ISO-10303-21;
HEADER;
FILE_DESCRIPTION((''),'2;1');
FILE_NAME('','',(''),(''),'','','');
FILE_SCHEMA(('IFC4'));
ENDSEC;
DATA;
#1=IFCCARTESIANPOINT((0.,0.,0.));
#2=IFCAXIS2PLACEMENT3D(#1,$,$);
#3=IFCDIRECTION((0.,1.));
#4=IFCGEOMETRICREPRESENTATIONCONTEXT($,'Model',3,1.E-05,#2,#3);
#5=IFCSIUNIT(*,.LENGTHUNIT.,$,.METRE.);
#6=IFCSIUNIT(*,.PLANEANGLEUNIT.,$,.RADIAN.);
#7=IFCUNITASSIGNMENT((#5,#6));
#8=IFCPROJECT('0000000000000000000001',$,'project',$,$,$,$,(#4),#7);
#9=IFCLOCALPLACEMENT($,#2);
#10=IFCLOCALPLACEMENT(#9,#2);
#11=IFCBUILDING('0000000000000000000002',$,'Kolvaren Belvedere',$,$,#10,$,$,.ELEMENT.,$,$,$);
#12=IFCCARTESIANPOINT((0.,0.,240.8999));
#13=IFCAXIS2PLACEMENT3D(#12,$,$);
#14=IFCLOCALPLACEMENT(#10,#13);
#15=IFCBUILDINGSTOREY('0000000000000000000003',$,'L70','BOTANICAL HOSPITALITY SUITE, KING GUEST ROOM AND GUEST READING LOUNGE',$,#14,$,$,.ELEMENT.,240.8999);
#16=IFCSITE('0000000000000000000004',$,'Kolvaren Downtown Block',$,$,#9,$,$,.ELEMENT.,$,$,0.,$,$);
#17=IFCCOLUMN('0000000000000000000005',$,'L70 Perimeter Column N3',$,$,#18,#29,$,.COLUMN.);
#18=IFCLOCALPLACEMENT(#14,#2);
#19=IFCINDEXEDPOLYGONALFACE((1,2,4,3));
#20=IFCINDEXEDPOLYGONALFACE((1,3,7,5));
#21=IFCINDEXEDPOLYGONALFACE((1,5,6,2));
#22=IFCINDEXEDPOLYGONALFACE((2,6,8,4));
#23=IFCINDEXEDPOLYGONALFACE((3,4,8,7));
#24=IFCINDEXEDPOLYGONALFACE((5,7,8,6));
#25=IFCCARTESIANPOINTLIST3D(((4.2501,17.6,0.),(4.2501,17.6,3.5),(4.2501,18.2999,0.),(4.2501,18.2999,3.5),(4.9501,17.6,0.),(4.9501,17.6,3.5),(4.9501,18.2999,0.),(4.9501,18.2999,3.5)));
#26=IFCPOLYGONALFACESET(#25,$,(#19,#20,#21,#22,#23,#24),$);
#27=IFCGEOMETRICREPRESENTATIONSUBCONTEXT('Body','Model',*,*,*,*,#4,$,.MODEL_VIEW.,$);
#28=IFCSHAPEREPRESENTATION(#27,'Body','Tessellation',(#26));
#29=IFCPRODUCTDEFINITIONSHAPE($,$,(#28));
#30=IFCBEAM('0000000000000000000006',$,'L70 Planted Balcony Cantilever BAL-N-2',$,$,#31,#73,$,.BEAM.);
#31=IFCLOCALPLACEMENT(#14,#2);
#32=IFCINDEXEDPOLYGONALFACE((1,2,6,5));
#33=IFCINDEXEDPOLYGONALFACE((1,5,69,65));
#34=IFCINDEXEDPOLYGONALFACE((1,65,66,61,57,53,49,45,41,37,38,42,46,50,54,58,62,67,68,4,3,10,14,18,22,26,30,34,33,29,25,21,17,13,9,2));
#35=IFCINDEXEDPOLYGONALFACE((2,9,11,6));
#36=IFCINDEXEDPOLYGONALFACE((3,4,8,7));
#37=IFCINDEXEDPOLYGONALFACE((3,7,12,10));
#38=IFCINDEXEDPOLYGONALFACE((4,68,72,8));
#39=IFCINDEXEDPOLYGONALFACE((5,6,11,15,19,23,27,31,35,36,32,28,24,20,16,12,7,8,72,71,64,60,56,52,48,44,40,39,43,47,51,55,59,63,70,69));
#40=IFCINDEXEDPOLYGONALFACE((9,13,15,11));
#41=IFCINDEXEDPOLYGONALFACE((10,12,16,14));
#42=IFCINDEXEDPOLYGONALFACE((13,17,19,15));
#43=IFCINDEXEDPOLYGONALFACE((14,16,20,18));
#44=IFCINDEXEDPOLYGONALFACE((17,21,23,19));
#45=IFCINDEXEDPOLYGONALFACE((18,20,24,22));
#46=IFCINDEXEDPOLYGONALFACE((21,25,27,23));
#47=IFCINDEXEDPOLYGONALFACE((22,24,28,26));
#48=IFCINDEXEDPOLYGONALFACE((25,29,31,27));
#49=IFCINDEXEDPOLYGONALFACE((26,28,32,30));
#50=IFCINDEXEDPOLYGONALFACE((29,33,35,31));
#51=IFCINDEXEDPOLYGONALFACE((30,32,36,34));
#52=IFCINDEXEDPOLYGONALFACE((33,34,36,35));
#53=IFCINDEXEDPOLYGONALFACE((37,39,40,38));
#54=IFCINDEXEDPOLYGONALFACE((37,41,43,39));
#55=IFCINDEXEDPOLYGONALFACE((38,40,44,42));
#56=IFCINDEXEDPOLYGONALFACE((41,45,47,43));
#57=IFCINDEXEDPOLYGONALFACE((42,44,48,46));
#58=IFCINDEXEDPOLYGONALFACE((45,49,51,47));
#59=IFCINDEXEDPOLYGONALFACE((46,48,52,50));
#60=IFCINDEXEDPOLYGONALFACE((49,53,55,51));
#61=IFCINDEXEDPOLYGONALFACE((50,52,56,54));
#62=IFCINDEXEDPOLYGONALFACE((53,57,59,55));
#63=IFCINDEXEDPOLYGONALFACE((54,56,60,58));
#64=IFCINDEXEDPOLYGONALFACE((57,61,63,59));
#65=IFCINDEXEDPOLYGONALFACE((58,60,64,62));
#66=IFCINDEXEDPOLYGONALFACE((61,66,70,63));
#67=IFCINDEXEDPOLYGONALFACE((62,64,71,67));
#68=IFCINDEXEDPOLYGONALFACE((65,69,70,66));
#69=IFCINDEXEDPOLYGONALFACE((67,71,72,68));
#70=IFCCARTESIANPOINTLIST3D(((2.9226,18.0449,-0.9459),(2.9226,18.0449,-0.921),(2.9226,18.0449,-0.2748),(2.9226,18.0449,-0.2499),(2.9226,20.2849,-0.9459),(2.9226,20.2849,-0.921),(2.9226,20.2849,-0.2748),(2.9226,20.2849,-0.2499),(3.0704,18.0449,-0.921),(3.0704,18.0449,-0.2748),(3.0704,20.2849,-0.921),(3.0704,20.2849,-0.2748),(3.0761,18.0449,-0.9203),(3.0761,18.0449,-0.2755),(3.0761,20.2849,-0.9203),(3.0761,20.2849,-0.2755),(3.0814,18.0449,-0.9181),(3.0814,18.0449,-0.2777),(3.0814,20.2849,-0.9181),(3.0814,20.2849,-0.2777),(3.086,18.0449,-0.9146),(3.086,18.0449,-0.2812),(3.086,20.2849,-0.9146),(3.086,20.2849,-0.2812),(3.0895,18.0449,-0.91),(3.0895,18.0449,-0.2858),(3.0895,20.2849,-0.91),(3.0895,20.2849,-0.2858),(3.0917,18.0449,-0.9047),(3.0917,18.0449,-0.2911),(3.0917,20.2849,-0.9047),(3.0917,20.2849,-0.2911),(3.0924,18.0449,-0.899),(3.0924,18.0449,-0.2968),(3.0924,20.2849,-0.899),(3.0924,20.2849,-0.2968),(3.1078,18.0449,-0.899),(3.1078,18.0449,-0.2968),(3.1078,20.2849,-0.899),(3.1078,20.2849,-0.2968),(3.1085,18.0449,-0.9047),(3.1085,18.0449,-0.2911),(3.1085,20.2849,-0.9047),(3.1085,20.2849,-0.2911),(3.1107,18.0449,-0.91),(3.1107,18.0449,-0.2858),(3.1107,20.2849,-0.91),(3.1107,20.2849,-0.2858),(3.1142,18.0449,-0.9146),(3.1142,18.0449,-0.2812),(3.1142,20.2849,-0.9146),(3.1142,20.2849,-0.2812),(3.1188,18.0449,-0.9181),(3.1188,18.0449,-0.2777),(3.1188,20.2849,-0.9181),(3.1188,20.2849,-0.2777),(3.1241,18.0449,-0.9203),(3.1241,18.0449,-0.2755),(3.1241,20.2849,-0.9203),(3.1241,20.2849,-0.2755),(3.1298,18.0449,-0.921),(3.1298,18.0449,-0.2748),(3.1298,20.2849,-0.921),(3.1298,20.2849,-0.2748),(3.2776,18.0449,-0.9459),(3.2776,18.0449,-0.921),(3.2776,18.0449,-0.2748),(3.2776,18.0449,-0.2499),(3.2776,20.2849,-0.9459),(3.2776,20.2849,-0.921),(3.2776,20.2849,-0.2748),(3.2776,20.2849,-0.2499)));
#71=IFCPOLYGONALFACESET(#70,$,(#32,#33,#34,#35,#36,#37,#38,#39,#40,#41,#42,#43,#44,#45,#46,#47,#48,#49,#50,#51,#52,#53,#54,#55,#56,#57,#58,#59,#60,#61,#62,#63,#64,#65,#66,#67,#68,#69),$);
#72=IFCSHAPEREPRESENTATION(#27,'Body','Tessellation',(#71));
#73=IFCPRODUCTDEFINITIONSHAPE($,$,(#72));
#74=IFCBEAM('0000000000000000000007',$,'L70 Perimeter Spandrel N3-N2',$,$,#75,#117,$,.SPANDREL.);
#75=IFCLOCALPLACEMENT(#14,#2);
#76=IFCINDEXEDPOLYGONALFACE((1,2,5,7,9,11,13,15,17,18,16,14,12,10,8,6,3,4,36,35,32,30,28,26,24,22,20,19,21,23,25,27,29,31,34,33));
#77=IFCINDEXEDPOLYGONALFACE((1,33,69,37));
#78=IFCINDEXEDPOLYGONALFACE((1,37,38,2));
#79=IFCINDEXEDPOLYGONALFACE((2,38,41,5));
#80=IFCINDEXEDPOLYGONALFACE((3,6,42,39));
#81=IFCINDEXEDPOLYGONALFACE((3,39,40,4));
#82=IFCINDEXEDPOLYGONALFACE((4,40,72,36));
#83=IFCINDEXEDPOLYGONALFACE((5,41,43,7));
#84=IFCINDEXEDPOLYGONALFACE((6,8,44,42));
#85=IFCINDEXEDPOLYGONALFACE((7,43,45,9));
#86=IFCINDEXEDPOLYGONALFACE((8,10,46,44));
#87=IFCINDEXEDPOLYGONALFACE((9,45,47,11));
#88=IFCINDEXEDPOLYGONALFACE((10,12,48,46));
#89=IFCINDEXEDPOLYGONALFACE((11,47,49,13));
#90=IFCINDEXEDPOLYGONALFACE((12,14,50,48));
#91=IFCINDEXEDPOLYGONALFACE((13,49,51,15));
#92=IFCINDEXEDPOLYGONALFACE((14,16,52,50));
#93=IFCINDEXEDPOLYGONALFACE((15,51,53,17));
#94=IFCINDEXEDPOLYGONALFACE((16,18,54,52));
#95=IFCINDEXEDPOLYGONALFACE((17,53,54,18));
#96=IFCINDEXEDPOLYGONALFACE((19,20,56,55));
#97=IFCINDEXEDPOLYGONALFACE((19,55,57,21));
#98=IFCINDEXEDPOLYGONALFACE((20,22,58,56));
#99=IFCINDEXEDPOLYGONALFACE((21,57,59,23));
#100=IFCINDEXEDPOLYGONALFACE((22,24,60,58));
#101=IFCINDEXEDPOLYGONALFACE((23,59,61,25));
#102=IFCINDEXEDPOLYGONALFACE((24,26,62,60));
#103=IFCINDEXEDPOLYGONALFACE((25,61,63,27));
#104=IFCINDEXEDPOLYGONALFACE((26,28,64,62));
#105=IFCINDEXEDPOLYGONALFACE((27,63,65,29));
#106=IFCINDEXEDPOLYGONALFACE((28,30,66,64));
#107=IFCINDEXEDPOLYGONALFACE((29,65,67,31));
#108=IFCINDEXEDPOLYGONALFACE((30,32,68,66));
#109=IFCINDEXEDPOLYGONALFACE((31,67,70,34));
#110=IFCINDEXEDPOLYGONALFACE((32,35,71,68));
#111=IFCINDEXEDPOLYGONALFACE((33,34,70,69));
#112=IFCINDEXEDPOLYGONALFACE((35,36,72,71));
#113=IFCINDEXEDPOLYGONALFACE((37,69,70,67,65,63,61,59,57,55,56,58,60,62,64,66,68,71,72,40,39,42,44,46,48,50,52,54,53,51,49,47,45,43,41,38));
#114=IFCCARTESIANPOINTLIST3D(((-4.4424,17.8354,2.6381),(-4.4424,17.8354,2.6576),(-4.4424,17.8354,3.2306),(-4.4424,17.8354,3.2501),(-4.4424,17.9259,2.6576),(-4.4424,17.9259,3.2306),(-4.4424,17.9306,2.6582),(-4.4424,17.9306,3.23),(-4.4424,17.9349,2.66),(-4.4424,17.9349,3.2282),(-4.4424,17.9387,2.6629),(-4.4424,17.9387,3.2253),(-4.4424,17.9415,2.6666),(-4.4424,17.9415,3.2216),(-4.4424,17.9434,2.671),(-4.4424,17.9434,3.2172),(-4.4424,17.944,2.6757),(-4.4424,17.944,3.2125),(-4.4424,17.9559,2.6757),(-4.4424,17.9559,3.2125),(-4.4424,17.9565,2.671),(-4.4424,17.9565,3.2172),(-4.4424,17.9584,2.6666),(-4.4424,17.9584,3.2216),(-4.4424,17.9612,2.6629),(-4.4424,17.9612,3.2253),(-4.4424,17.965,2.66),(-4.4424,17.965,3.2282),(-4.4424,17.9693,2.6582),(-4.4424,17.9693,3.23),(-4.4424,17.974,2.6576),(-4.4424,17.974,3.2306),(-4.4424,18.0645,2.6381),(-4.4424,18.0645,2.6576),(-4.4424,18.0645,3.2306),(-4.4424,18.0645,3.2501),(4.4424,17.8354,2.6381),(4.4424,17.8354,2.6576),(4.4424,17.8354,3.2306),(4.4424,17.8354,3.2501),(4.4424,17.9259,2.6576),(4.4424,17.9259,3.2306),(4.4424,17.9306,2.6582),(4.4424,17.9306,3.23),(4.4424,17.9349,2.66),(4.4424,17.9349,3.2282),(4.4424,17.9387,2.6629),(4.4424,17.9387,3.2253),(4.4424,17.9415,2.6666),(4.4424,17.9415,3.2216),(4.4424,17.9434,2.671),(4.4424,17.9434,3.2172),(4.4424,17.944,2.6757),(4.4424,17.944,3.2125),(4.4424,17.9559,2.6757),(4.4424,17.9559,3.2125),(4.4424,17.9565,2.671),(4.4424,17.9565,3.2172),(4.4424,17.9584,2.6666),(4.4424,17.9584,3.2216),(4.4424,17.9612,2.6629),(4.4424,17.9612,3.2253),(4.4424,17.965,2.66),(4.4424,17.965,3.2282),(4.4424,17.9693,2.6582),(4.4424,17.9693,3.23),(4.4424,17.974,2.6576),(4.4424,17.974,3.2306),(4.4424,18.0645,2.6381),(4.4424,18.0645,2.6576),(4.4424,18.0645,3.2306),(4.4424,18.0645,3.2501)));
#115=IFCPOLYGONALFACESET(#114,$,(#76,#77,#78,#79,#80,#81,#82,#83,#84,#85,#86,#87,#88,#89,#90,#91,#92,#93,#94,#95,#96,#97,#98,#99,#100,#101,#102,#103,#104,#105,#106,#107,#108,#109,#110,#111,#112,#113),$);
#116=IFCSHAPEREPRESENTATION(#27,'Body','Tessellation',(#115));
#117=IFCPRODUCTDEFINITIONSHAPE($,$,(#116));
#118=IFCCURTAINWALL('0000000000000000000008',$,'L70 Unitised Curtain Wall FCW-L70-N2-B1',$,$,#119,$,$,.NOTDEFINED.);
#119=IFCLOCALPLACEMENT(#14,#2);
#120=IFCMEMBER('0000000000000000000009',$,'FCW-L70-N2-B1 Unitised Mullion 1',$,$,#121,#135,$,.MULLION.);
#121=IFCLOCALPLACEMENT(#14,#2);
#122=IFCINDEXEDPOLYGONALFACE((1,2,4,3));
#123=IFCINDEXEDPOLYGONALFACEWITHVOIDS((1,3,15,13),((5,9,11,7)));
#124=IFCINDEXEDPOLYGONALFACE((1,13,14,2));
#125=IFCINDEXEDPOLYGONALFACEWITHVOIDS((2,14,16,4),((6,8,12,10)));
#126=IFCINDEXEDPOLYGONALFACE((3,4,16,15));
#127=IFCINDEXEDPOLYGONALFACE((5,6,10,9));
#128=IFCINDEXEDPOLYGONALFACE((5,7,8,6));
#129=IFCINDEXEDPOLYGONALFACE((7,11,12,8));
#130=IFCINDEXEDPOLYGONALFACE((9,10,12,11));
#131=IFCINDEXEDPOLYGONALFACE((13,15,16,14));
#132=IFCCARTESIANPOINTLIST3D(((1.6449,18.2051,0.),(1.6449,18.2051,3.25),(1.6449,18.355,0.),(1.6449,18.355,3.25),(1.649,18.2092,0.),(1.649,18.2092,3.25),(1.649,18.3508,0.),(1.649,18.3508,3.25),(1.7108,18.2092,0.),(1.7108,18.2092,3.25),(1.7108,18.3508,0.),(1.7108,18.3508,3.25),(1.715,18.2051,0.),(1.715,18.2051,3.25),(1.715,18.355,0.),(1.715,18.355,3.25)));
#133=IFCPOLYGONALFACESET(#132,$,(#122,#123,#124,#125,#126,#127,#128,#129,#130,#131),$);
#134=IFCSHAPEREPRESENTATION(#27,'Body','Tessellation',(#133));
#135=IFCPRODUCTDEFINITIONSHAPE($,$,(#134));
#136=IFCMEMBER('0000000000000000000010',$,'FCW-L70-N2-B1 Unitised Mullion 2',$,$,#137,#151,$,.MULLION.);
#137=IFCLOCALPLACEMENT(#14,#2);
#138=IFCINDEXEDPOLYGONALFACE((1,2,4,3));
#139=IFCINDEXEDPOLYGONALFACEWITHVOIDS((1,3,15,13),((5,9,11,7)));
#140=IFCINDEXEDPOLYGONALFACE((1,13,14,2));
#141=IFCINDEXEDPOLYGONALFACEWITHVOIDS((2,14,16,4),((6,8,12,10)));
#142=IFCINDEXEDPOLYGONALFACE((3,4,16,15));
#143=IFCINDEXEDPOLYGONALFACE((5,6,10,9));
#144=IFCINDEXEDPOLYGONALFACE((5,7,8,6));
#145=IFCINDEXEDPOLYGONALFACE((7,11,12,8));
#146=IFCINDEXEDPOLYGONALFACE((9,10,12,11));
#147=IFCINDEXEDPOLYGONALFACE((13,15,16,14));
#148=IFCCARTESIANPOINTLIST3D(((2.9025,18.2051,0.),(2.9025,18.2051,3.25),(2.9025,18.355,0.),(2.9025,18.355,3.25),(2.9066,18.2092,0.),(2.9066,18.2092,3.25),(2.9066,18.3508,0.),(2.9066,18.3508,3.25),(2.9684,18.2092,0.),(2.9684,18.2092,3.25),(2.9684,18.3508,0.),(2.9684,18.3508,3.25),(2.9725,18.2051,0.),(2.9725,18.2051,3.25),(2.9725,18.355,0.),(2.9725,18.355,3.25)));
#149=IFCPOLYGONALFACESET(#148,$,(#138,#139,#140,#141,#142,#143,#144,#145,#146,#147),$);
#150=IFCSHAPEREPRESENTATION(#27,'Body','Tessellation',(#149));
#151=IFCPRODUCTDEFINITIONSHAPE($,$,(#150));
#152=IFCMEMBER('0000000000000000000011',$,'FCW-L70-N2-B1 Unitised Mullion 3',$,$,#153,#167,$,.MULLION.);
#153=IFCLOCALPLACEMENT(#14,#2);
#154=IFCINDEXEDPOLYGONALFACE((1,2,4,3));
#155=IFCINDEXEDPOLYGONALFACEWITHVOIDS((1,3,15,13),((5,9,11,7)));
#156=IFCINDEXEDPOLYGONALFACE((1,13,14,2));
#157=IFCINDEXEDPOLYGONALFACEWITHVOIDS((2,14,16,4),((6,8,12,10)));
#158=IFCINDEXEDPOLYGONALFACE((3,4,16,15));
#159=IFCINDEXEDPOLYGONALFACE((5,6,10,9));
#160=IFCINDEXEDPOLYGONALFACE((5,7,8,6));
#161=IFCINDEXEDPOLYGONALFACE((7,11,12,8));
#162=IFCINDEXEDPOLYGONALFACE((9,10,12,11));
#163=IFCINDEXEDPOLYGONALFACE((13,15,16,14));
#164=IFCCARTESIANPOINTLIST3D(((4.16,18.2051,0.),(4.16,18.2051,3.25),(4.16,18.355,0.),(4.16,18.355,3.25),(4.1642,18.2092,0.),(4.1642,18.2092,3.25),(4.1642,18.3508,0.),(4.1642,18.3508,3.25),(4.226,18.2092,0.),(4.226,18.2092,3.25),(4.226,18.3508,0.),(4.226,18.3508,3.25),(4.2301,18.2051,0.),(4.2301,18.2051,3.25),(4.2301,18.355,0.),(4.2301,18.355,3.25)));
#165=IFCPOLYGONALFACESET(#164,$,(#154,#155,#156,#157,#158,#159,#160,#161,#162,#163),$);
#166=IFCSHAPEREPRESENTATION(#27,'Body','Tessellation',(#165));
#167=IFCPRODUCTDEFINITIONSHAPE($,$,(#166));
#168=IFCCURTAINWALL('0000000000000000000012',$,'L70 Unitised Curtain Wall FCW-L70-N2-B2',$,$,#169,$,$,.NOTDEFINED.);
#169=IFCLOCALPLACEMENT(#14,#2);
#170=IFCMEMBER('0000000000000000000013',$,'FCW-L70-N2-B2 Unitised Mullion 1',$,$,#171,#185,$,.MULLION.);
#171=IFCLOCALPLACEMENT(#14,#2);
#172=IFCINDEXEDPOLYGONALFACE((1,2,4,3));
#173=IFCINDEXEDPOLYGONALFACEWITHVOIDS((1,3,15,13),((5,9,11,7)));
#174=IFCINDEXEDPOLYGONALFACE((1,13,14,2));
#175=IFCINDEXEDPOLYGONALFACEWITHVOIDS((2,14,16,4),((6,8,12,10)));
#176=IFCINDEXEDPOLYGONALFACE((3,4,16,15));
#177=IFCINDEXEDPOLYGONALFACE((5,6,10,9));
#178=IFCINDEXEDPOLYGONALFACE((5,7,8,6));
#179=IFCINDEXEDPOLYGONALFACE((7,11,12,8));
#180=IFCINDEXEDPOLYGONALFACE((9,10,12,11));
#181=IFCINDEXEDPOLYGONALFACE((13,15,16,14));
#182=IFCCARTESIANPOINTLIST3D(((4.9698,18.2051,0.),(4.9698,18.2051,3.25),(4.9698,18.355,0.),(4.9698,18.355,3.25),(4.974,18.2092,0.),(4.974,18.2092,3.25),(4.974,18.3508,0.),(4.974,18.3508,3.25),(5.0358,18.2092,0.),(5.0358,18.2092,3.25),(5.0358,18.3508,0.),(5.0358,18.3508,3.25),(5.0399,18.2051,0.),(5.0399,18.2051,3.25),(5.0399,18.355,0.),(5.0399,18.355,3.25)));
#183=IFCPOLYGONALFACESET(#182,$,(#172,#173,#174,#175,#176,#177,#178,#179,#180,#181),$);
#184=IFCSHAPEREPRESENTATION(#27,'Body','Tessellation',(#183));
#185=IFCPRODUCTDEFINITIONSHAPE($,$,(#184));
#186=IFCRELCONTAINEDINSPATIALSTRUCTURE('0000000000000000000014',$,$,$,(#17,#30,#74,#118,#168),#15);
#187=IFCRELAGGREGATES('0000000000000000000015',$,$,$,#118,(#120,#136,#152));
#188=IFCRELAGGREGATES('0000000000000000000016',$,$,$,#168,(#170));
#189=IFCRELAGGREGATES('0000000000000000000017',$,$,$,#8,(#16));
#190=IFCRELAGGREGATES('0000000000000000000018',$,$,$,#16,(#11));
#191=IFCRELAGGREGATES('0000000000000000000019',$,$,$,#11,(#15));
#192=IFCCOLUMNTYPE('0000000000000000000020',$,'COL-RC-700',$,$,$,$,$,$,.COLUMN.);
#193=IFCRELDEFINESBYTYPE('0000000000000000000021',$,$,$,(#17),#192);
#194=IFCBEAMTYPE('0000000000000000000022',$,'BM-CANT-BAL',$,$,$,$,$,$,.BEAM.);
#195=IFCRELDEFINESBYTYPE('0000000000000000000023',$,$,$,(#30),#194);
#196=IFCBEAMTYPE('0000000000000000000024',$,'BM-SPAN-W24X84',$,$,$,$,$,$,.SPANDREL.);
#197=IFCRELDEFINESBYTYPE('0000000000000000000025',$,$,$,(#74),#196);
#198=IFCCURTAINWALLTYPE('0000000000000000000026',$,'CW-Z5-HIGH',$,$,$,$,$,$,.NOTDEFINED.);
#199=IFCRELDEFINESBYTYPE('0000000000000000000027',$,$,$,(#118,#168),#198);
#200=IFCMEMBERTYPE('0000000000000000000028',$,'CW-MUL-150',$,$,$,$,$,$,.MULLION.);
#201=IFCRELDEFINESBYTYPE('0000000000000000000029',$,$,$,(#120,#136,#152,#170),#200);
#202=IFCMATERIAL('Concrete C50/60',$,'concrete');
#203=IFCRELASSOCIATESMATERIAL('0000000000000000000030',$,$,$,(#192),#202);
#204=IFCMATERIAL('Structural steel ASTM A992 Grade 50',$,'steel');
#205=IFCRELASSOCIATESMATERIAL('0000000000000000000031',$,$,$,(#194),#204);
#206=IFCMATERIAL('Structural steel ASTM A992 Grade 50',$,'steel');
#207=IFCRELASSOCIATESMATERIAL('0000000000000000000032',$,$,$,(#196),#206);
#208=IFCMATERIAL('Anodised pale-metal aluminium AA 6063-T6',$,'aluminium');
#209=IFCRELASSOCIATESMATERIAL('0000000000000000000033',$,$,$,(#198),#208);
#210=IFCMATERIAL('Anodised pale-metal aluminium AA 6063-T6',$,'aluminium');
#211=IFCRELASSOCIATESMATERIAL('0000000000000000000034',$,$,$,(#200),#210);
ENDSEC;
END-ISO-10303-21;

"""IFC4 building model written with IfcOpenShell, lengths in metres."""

from ifc_helpers import new_model, si_unit, direction, frame, origin, origin_2d, place, context, subcontext, project, spatial, rectangle, hollow_rectangle, i_section, extrude, material, material_profile, profile_set, type_object, element, aggregate, save


model = new_model("IFC4")

# Units and contexts
model_context = context("Model", 3, precision=1e-05, world=origin(), true_north=direction((0.0, 1.0)))
body_context = subcontext(model_context, "Body", "Model", "MODEL_VIEW")
ifc_project = project(units=[si_unit("LENGTHUNIT", "METRE"), si_unit("PLANEANGLEUNIT", "RADIAN")], contexts=[model_context])

# Site, building, storey
site_placement = place(None, origin())
site = spatial("IfcSite", under=ifc_project, at=site_placement, Name="Kolvaren Downtown Block", CompositionType="ELEMENT", RefElevation=0.0)
building_placement = place(site_placement, origin())
building = spatial("IfcBuilding", under=site, at=building_placement, Name="Kolvaren Belvedere", CompositionType="ELEMENT")
storey_placement = place(building_placement, frame((0.0, 0.0, 240.8999)))
storey = spatial("IfcBuildingStorey", under=building, at=storey_placement, Name="L70", Description="BOTANICAL HOSPITALITY SUITE, KING GUEST ROOM AND GUEST READING LOUNGE", CompositionType="ELEMENT", Elevation=240.8999)

# Column
ifc_material_1 = material(Name="Concrete C50/60", Category="concrete")
ifc_material_profile_1 = material_profile(ifc_material_1, rectangle(XDim=0.7, YDim=0.7, at=origin_2d()), Name="RC 700X700")
ifc_profile_set_1 = profile_set([ifc_material_profile_1], Name="Concrete C50/60")
column_type = type_object("IfcColumnType", Name="COL-RC-700", PredefinedType="COLUMN", material=ifc_profile_set_1)
column_placement = place(storey_placement, frame((4.6001, 17.95, 0.0), z_axis=(0.0, 0.0, 1.0), x_axis=(1.0, 0.0, 0.0)))
element("IfcColumn", 1, at=column_placement, inside=storey, type_object=column_type, Name="L70 Perimeter Column N3", PredefinedType="COLUMN", context=body_context, shape_type="SweptSolid", body=[
    extrude(rectangle(XDim=0.7, YDim=0.7, at=origin_2d()), origin(), (0.0, 0.0, 1.0), 3.5),
])

# Beams
ifc_material_2 = material(Name="Structural steel ASTM A992 Grade 50", Category="steel")
ifc_material_profile_2 = material_profile(ifc_material_2, i_section(OverallWidth=0.355, OverallDepth=0.696, WebThickness=0.0154, FlangeThickness=0.0249, FilletRadius=0.022, at=origin_2d()), Name="W27X146")
ifc_profile_set_2 = profile_set([ifc_material_profile_2], Name="Structural steel ASTM A992 Grade 50")
beam_type_1 = type_object("IfcBeamType", Name="BM-CANT-BAL", PredefinedType="BEAM", material=ifc_profile_set_2)
beam_1_placement = place(storey_placement, frame((3.1001, 18.0449, -0.5979), z_axis=(0.0, 1.0, 0.0), x_axis=(-1.0, 0.0, 0.0)))
element("IfcBeam", 2, at=beam_1_placement, inside=storey, type_object=beam_type_1, Name="L70 Planted Balcony Cantilever BAL-N-2", PredefinedType="BEAM", context=body_context, shape_type="SweptSolid", body=[
    extrude(i_section(OverallWidth=0.355, OverallDepth=0.696, WebThickness=0.0154, FlangeThickness=0.0249, FilletRadius=0.022, at=origin_2d()), origin(), (0.0, 0.0, 1.0), 2.24),
])
ifc_material_3 = material(Name="Structural steel ASTM A992 Grade 50", Category="steel")
ifc_material_profile_3 = material_profile(ifc_material_3, i_section(OverallWidth=0.229, OverallDepth=0.6121, WebThickness=0.012, FlangeThickness=0.0195, FilletRadius=0.0181, at=origin_2d()), Name="W24X84")
ifc_profile_set_3 = profile_set([ifc_material_profile_3], Name="Structural steel ASTM A992 Grade 50")
beam_type_2 = type_object("IfcBeamType", Name="BM-SPAN-W24X84", PredefinedType="SPANDREL", material=ifc_profile_set_3)
beam_2_placement = place(storey_placement, frame((4.4424, 17.95, 2.9441), z_axis=(-1.0, 0.0, 0.0), x_axis=(0.0, -1.0, 0.0)))
element("IfcBeam", 3, at=beam_2_placement, inside=storey, type_object=beam_type_2, Name="L70 Perimeter Spandrel N3-N2", PredefinedType="SPANDREL", context=body_context, shape_type="SweptSolid", body=[
    extrude(i_section(OverallWidth=0.229, OverallDepth=0.6121, WebThickness=0.012, FlangeThickness=0.0195, FilletRadius=0.0181, at=origin_2d()), origin(), (0.0, 0.0, 1.0), 8.8848),
])

# Curtain wall, members
ifc_material_4 = material(Name="Anodised pale-metal aluminium AA 6063-T6", Category="aluminium")
curtain_wall_type = type_object("IfcCurtainWallType", Name="CW-Z5-HIGH", PredefinedType="NOTDEFINED", material=ifc_material_4)
curtain_wall_1_placement = place(storey_placement, origin())
curtain_wall_1 = element("IfcCurtainWall", 4, at=curtain_wall_1_placement, inside=storey, type_object=curtain_wall_type, Name="L70 Unitised Curtain Wall FCW-L70-N2-B1", PredefinedType="NOTDEFINED")
ifc_material_5 = material(Name="Anodised pale-metal aluminium AA 6063-T6", Category="aluminium")
ifc_material_profile_4 = material_profile(ifc_material_5, hollow_rectangle(XDim=0.0701, YDim=0.1499, WallThickness=0.0042, at=origin_2d()), Name="ALU-MUL-150X70")
ifc_profile_set_4 = profile_set([ifc_material_profile_4], Name="Anodised pale-metal aluminium AA 6063-T6")
member_type_1 = type_object("IfcMemberType", Name="CW-MUL-150", PredefinedType="MULLION", material=ifc_profile_set_4)
member_1_placement = place(storey_placement, frame((1.6799, 18.28, 0.0), z_axis=(0.0, 0.0, 1.0), x_axis=(1.0, 0.0, 0.0)))
member_1 = element("IfcMember", 5, at=member_1_placement, type_object=member_type_1, Name="FCW-L70-N2-B1 Unitised Mullion 1", PredefinedType="MULLION", context=body_context, shape_type="SweptSolid", body=[
    extrude(hollow_rectangle(XDim=0.0701, YDim=0.1499, WallThickness=0.0042, at=origin_2d()), origin(), (0.0, 0.0, 1.0), 3.25),
])
member_2_placement = place(storey_placement, frame((2.9375, 18.28, 0.0), z_axis=(0.0, 0.0, 1.0), x_axis=(1.0, 0.0, 0.0)))
member_2 = element("IfcMember", 6, at=member_2_placement, type_object=member_type_1, Name="FCW-L70-N2-B1 Unitised Mullion 2", PredefinedType="MULLION", context=body_context, shape_type="SweptSolid", body=[
    extrude(hollow_rectangle(XDim=0.0701, YDim=0.1499, WallThickness=0.0042, at=origin_2d()), origin(), (0.0, 0.0, 1.0), 3.25),
])
member_3_placement = place(storey_placement, frame((4.1951, 18.28, 0.0), z_axis=(0.0, 0.0, 1.0), x_axis=(1.0, 0.0, 0.0)))
member_3 = element("IfcMember", 7, at=member_3_placement, type_object=member_type_1, Name="FCW-L70-N2-B1 Unitised Mullion 3", PredefinedType="MULLION", context=body_context, shape_type="SweptSolid", body=[
    extrude(hollow_rectangle(XDim=0.0701, YDim=0.1499, WallThickness=0.0042, at=origin_2d()), origin(), (0.0, 0.0, 1.0), 3.25),
])

# Curtain wall, member
curtain_wall_2_placement = place(storey_placement, origin())
curtain_wall_2 = element("IfcCurtainWall", 8, at=curtain_wall_2_placement, inside=storey, type_object=curtain_wall_type, Name="L70 Unitised Curtain Wall FCW-L70-N2-B2", PredefinedType="NOTDEFINED")
member_4_placement = place(storey_placement, frame((5.0049, 18.28, 0.0), z_axis=(0.0, 0.0, 1.0), x_axis=(1.0, 0.0, 0.0)))
member_4 = element("IfcMember", 9, at=member_4_placement, type_object=member_type_1, Name="FCW-L70-N2-B2 Unitised Mullion 1", PredefinedType="MULLION", context=body_context, shape_type="SweptSolid", body=[
    extrude(hollow_rectangle(XDim=0.0701, YDim=0.1499, WallThickness=0.0042, at=origin_2d()), origin(), (0.0, 0.0, 1.0), 3.25),
])

aggregate(curtain_wall_1, [member_1, member_2, member_3])
aggregate(curtain_wall_2, [member_4])

save(model, "model.ifc")
